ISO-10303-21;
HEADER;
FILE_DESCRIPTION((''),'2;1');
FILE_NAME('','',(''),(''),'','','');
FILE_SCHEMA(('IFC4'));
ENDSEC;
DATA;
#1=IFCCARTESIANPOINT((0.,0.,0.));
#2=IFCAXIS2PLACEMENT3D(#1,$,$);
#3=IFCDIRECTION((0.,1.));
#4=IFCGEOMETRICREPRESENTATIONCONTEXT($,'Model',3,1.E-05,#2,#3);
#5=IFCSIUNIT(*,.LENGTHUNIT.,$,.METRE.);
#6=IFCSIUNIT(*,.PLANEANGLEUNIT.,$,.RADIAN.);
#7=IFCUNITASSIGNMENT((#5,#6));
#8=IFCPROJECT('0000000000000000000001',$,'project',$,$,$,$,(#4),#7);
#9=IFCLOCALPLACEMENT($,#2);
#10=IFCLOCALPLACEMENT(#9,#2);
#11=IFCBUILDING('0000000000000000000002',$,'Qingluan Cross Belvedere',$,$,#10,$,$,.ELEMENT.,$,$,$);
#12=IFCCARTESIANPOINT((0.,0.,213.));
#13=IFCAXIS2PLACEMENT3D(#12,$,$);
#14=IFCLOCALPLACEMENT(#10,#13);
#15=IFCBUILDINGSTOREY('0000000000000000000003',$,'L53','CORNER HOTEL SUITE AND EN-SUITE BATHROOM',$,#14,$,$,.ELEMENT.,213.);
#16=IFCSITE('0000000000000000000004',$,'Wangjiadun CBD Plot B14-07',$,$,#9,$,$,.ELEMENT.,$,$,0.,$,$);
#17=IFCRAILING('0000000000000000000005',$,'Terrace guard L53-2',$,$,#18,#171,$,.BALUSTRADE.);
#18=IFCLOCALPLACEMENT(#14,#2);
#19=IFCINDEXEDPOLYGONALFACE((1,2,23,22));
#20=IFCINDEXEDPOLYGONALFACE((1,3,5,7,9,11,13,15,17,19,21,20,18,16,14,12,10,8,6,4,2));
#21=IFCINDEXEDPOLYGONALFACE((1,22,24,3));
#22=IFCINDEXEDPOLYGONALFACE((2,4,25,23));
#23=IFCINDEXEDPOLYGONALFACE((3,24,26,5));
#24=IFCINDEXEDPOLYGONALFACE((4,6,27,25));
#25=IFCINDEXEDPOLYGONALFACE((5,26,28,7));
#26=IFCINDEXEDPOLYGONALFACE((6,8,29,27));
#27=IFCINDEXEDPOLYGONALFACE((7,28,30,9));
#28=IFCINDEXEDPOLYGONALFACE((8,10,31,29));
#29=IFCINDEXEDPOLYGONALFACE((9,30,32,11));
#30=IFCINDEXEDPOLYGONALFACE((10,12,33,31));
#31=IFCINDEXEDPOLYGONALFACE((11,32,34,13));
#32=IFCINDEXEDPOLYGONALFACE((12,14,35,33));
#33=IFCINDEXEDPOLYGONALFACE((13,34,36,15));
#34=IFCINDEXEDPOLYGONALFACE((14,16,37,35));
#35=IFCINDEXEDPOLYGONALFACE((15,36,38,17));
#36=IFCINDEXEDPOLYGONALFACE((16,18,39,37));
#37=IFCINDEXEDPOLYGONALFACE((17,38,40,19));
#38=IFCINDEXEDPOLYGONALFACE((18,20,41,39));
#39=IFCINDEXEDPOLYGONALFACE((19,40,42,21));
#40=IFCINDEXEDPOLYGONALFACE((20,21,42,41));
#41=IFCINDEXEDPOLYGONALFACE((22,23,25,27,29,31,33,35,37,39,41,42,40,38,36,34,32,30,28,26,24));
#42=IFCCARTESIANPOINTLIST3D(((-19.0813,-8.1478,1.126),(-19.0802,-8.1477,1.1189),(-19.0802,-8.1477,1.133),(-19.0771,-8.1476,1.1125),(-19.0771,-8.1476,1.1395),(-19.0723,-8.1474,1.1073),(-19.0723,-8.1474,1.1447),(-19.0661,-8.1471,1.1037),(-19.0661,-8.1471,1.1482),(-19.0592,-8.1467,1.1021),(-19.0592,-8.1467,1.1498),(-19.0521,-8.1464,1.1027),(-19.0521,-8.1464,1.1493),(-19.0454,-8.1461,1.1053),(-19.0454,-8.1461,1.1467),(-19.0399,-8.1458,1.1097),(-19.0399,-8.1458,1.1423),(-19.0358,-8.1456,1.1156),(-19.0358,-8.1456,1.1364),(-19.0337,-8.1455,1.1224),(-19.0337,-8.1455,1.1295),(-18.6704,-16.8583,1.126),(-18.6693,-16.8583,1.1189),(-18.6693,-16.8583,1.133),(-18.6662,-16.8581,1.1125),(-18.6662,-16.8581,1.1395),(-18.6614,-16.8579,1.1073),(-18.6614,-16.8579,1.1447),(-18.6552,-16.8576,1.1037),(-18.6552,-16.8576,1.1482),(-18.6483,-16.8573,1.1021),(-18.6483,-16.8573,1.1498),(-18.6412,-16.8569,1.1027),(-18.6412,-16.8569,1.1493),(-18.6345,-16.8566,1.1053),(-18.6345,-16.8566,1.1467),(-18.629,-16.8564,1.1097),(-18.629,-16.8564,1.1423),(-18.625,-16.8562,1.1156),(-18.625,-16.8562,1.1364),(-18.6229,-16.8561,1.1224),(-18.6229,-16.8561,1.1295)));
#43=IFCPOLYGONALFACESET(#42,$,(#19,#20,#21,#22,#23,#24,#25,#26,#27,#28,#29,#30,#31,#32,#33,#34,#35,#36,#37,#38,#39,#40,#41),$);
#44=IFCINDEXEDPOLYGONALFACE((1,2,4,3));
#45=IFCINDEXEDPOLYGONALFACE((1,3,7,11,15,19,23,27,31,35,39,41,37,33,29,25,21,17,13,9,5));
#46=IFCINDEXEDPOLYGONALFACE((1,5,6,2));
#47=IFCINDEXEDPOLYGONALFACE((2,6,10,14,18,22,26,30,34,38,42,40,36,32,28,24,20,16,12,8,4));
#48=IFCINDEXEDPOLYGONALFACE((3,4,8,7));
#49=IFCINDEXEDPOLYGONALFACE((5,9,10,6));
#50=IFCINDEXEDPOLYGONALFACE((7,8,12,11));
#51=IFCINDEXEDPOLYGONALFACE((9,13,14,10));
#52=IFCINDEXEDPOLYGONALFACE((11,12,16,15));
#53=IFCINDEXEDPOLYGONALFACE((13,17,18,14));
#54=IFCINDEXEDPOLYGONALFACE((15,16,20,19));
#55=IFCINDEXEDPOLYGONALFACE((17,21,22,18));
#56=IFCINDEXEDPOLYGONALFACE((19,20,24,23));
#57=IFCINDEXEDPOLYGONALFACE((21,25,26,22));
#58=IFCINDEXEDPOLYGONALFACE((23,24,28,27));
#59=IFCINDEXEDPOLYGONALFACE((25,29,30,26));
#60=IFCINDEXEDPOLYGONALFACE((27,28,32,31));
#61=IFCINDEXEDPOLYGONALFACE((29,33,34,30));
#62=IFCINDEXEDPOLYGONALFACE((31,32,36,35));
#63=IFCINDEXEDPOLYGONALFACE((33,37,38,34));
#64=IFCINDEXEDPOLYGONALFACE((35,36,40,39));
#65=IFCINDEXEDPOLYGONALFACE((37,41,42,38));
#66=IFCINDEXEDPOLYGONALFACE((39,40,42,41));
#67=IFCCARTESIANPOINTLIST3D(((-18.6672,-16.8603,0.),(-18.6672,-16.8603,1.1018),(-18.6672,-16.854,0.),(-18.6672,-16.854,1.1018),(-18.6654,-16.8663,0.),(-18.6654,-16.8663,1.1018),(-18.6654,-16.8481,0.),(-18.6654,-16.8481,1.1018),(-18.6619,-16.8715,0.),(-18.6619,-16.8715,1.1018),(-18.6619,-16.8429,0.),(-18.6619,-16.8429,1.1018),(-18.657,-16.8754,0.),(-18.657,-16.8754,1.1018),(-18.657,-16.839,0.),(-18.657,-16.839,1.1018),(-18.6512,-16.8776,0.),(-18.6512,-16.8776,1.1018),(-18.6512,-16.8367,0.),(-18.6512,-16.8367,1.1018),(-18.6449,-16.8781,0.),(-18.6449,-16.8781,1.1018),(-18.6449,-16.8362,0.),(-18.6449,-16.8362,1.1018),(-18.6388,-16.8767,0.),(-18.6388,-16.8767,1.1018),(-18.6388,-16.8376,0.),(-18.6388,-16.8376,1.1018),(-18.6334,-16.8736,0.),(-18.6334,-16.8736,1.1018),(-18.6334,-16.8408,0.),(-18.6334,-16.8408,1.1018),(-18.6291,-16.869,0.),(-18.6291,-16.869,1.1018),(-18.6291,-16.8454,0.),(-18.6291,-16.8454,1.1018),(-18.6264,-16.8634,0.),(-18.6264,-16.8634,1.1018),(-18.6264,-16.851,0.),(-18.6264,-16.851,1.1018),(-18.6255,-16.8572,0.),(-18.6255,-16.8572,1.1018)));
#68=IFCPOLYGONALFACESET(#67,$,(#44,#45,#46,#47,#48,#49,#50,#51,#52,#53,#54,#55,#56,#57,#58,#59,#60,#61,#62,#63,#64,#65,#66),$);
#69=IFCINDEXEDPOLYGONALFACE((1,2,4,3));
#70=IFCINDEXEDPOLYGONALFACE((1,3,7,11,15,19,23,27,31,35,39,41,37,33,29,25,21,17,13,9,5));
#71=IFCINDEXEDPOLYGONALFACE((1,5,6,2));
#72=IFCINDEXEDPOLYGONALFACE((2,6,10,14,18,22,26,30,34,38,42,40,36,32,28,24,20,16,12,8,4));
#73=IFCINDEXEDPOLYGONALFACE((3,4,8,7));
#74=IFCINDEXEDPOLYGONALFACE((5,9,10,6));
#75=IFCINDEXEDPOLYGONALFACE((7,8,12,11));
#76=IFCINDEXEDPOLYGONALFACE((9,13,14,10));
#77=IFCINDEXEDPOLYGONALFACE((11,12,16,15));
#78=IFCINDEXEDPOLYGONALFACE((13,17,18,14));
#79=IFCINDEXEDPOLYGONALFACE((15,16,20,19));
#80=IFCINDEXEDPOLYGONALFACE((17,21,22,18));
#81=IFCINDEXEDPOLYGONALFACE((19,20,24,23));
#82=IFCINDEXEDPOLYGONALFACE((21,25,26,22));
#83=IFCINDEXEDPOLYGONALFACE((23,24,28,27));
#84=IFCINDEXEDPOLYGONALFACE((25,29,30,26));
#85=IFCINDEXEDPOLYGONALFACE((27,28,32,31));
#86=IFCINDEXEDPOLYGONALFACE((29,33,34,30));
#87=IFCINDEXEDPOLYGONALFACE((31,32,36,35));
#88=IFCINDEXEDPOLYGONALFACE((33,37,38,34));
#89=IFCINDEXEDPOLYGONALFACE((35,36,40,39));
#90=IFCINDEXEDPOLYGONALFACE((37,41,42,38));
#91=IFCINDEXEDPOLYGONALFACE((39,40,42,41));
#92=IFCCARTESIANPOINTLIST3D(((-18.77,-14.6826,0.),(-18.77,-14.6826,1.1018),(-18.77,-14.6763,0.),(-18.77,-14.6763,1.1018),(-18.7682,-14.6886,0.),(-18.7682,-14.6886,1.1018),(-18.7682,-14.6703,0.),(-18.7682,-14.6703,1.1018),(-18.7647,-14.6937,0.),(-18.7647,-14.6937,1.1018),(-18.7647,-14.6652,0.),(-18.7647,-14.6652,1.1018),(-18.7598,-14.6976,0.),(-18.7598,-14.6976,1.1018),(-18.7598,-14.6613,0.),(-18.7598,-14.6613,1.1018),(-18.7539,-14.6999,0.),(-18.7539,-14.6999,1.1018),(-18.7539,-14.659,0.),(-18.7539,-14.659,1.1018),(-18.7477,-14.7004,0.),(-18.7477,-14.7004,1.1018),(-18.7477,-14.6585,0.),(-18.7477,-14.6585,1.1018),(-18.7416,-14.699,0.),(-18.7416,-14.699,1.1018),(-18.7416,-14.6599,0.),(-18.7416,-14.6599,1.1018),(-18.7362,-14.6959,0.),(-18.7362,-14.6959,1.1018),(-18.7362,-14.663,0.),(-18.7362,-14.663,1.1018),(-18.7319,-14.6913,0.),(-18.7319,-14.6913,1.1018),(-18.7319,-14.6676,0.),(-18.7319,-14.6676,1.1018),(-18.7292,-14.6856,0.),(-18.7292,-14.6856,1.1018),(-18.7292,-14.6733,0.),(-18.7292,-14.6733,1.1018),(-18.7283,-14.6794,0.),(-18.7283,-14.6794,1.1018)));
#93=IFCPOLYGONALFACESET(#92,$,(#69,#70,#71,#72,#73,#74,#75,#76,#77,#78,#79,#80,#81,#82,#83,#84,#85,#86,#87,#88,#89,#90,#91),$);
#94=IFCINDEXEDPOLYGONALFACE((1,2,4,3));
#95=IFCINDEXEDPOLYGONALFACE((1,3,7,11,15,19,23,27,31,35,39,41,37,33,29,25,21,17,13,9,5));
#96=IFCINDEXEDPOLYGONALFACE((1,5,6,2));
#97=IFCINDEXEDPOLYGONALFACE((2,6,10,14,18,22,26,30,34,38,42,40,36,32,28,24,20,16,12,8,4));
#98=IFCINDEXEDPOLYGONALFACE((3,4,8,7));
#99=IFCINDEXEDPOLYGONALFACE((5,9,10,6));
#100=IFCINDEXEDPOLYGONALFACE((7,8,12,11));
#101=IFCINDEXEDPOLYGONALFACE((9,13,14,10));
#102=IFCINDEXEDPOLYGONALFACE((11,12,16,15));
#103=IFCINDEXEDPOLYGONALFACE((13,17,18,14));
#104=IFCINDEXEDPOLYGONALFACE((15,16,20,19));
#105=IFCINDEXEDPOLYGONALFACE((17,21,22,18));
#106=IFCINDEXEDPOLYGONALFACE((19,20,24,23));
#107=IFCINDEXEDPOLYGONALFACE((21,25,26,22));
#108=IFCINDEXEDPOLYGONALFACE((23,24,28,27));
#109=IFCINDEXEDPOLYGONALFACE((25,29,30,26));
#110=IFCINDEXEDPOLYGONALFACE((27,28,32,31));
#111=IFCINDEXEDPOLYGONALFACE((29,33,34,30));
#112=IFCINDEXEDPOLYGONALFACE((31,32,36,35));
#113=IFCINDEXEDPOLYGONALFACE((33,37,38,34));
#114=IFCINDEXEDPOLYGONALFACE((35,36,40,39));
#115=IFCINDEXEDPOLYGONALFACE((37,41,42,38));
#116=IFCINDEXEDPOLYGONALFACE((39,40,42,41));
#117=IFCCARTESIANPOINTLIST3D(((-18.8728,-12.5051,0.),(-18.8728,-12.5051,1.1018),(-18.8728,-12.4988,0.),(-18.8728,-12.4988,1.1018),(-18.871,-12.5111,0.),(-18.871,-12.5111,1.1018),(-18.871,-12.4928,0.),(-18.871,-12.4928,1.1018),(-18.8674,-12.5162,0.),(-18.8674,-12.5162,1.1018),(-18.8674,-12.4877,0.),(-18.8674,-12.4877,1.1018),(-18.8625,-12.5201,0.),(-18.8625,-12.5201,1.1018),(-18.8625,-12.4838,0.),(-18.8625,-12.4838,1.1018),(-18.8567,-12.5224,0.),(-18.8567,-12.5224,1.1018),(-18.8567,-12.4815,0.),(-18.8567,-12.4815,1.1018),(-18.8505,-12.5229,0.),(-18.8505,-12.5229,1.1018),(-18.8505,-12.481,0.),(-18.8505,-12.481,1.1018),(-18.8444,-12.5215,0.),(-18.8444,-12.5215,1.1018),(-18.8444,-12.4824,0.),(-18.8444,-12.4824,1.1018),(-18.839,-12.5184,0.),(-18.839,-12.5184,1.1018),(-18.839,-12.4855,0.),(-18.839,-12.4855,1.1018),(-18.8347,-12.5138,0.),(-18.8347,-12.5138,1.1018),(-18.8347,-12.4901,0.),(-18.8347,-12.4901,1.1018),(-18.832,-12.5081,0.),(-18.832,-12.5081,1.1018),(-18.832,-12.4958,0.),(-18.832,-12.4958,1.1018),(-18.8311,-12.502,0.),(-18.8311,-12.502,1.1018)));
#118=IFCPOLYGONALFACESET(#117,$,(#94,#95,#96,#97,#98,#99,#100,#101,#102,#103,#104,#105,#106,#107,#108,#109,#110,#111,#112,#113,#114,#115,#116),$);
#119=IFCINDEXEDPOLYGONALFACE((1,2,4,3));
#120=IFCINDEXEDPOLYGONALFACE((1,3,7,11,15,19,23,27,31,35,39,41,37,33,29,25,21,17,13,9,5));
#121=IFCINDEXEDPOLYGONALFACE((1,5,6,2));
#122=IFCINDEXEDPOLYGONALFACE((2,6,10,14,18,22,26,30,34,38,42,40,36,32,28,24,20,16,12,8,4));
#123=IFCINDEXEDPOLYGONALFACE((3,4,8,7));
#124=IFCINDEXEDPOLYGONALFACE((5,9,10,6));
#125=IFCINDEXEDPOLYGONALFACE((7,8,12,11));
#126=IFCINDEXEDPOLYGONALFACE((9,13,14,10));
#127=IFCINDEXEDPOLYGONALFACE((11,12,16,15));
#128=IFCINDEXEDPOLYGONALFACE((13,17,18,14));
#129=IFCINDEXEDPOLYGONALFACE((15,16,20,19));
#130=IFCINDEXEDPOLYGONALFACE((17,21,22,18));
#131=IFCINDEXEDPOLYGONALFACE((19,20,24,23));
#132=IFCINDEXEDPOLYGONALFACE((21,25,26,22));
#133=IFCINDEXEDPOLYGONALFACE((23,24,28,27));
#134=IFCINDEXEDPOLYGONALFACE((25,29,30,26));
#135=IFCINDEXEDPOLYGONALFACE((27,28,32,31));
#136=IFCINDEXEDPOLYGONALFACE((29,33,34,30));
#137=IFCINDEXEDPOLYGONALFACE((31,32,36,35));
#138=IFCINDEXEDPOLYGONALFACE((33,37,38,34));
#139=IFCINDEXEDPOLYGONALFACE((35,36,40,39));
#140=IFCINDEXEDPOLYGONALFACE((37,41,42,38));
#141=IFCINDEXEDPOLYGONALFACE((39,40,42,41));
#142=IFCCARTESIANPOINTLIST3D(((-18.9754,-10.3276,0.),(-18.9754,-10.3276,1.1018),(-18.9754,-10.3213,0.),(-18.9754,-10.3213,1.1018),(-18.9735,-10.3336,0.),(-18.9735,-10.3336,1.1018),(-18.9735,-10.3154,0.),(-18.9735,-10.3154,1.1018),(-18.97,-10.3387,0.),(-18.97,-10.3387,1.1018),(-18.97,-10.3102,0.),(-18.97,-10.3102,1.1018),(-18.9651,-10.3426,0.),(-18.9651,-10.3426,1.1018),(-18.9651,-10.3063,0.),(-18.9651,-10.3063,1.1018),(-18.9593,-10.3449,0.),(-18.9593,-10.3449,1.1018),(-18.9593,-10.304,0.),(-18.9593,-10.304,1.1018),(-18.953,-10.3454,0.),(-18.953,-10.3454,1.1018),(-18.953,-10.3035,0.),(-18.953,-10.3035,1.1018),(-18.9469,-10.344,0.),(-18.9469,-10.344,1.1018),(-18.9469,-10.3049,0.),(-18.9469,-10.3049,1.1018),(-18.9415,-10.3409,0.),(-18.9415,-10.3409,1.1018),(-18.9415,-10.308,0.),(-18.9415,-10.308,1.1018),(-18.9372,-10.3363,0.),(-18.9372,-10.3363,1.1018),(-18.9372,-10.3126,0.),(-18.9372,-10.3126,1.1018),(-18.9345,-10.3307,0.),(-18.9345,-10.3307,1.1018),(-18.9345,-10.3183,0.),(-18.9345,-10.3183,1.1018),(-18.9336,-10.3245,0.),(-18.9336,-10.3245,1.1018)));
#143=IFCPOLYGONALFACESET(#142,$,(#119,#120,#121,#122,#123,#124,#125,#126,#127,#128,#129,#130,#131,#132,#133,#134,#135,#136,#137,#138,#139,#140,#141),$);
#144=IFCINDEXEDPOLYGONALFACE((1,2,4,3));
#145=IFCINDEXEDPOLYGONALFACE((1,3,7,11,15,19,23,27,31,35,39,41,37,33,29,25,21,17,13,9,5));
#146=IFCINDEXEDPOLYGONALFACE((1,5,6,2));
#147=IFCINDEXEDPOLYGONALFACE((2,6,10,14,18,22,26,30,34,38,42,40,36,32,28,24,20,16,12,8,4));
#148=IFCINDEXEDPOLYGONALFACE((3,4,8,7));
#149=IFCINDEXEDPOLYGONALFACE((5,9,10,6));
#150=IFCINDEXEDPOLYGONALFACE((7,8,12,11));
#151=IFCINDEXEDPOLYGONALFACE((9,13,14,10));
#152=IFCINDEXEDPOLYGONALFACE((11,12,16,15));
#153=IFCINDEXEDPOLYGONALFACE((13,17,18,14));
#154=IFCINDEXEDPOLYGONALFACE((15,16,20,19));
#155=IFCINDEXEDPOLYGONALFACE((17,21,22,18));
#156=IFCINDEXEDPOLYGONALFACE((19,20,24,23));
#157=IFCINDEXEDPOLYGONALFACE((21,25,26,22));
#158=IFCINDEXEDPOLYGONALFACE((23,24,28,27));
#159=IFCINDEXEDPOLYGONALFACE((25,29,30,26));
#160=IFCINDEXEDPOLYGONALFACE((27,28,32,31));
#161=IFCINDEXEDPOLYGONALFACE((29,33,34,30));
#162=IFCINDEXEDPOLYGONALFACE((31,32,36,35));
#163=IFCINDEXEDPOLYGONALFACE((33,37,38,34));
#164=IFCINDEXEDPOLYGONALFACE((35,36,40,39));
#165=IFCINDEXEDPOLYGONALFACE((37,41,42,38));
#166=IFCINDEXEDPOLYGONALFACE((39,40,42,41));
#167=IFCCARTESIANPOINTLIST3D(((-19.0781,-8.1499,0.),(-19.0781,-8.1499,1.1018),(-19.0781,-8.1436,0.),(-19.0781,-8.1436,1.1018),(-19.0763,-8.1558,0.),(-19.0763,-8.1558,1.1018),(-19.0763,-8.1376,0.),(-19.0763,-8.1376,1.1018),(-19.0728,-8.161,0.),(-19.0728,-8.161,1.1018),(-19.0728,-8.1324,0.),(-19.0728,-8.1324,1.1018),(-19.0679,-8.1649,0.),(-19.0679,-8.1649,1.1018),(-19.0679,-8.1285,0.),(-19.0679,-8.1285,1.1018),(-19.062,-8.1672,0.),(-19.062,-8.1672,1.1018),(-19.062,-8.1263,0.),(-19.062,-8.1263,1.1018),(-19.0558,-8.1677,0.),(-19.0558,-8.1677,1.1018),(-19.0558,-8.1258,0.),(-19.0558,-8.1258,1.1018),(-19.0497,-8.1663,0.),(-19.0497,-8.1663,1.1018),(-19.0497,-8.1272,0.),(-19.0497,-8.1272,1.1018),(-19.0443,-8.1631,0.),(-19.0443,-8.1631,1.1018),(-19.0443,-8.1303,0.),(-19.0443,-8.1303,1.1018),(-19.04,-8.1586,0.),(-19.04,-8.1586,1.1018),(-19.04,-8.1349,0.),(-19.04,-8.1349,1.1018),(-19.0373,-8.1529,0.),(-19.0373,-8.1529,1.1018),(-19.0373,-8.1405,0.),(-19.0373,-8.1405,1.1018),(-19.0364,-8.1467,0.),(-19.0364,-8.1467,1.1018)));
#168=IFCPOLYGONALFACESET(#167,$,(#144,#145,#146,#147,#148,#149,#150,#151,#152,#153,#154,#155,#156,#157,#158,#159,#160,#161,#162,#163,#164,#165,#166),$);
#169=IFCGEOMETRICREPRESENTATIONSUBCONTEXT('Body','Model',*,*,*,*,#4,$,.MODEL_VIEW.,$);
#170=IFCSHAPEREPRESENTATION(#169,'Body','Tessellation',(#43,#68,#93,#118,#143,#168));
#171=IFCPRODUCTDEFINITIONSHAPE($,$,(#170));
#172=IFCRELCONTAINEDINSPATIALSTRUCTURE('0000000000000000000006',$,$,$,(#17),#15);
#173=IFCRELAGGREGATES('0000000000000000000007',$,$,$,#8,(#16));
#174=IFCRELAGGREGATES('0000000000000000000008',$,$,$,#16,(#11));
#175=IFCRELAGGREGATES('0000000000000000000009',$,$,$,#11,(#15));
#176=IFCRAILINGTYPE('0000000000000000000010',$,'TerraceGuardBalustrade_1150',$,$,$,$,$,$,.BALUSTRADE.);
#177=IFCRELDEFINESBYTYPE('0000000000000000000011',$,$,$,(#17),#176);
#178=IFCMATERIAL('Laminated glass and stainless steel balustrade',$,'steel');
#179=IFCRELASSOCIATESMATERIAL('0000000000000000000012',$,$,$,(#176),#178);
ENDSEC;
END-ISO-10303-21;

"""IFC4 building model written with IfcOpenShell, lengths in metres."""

from ifc_helpers import new_model, si_unit, direction, frame, origin, origin_2d, place, context, subcontext, project, spatial, circle, extrude, material, type_object, element, save


model = new_model("IFC4")

# Units and contexts
model_context = context("Model", 3, precision=1e-05, world=origin(), true_north=direction((0.0, 1.0)))
body_context = subcontext(model_context, "Body", "Model", "MODEL_VIEW")
ifc_project = project(units=[si_unit("LENGTHUNIT", "METRE"), si_unit("PLANEANGLEUNIT", "RADIAN")], contexts=[model_context])

# Site, building, storey
site_placement = place(None, origin())
site = spatial("IfcSite", under=ifc_project, at=site_placement, Name="Wangjiadun CBD Plot B14-07", CompositionType="ELEMENT", RefElevation=0.0)
building_placement = place(site_placement, origin())
building = spatial("IfcBuilding", under=site, at=building_placement, Name="Qingluan Cross Belvedere", CompositionType="ELEMENT")
storey_placement = place(building_placement, frame((0.0, 0.0, 213.0)))
storey = spatial("IfcBuildingStorey", under=building, at=storey_placement, Name="L53", Description="CORNER HOTEL SUITE AND EN-SUITE BATHROOM", CompositionType="ELEMENT", Elevation=213.0)

# Railing
ifc_material_1 = material(Name="Laminated glass and stainless steel balustrade", Category="steel")
railing_type = type_object("IfcRailingType", Name="TerraceGuardBalustrade_1150", PredefinedType="BALUSTRADE", material=ifc_material_1)
railing_1_placement = place(storey_placement, frame((-18.6465, -16.8572, 0.0)))
element("IfcRailing", 1, at=railing_1_placement, inside=storey, type_object=railing_type, Name="Terrace guard L53-2", PredefinedType="BALUSTRADE", context=body_context, shape_type="SweptSolid", body=[
    extrude(circle(Radius=0.0239, at=origin_2d()), frame((0.0, 0.0, 1.126), z_axis=(-0.04712, 0.998889, 0.0), x_axis=(-0.998889, -0.04712, 0.0)), (0.0, 0.0, 1.0), 8.7202),
    extrude(circle(Radius=0.021, at=origin_2d()), origin(), (0.0, 0.0, 1.0), 1.1018),
    extrude(circle(Radius=0.021, at=origin_2d()), frame((-0.1028, 2.1777, 0.0)), (0.0, 0.0, 1.0), 1.1018),
    extrude(circle(Radius=0.021, at=origin_2d()), frame((-0.2056, 4.3552, 0.0)), (0.0, 0.0, 1.0), 1.1018),
    extrude(circle(Radius=0.021, at=origin_2d()), frame((-0.3081, 6.5327, 0.0)), (0.0, 0.0, 1.0), 1.1018),
    extrude(circle(Radius=0.021, at=origin_2d()), frame((-0.4109, 8.7104, 0.0)), (0.0, 0.0, 1.0), 1.1018),
])

save(model, "model.ifc")
